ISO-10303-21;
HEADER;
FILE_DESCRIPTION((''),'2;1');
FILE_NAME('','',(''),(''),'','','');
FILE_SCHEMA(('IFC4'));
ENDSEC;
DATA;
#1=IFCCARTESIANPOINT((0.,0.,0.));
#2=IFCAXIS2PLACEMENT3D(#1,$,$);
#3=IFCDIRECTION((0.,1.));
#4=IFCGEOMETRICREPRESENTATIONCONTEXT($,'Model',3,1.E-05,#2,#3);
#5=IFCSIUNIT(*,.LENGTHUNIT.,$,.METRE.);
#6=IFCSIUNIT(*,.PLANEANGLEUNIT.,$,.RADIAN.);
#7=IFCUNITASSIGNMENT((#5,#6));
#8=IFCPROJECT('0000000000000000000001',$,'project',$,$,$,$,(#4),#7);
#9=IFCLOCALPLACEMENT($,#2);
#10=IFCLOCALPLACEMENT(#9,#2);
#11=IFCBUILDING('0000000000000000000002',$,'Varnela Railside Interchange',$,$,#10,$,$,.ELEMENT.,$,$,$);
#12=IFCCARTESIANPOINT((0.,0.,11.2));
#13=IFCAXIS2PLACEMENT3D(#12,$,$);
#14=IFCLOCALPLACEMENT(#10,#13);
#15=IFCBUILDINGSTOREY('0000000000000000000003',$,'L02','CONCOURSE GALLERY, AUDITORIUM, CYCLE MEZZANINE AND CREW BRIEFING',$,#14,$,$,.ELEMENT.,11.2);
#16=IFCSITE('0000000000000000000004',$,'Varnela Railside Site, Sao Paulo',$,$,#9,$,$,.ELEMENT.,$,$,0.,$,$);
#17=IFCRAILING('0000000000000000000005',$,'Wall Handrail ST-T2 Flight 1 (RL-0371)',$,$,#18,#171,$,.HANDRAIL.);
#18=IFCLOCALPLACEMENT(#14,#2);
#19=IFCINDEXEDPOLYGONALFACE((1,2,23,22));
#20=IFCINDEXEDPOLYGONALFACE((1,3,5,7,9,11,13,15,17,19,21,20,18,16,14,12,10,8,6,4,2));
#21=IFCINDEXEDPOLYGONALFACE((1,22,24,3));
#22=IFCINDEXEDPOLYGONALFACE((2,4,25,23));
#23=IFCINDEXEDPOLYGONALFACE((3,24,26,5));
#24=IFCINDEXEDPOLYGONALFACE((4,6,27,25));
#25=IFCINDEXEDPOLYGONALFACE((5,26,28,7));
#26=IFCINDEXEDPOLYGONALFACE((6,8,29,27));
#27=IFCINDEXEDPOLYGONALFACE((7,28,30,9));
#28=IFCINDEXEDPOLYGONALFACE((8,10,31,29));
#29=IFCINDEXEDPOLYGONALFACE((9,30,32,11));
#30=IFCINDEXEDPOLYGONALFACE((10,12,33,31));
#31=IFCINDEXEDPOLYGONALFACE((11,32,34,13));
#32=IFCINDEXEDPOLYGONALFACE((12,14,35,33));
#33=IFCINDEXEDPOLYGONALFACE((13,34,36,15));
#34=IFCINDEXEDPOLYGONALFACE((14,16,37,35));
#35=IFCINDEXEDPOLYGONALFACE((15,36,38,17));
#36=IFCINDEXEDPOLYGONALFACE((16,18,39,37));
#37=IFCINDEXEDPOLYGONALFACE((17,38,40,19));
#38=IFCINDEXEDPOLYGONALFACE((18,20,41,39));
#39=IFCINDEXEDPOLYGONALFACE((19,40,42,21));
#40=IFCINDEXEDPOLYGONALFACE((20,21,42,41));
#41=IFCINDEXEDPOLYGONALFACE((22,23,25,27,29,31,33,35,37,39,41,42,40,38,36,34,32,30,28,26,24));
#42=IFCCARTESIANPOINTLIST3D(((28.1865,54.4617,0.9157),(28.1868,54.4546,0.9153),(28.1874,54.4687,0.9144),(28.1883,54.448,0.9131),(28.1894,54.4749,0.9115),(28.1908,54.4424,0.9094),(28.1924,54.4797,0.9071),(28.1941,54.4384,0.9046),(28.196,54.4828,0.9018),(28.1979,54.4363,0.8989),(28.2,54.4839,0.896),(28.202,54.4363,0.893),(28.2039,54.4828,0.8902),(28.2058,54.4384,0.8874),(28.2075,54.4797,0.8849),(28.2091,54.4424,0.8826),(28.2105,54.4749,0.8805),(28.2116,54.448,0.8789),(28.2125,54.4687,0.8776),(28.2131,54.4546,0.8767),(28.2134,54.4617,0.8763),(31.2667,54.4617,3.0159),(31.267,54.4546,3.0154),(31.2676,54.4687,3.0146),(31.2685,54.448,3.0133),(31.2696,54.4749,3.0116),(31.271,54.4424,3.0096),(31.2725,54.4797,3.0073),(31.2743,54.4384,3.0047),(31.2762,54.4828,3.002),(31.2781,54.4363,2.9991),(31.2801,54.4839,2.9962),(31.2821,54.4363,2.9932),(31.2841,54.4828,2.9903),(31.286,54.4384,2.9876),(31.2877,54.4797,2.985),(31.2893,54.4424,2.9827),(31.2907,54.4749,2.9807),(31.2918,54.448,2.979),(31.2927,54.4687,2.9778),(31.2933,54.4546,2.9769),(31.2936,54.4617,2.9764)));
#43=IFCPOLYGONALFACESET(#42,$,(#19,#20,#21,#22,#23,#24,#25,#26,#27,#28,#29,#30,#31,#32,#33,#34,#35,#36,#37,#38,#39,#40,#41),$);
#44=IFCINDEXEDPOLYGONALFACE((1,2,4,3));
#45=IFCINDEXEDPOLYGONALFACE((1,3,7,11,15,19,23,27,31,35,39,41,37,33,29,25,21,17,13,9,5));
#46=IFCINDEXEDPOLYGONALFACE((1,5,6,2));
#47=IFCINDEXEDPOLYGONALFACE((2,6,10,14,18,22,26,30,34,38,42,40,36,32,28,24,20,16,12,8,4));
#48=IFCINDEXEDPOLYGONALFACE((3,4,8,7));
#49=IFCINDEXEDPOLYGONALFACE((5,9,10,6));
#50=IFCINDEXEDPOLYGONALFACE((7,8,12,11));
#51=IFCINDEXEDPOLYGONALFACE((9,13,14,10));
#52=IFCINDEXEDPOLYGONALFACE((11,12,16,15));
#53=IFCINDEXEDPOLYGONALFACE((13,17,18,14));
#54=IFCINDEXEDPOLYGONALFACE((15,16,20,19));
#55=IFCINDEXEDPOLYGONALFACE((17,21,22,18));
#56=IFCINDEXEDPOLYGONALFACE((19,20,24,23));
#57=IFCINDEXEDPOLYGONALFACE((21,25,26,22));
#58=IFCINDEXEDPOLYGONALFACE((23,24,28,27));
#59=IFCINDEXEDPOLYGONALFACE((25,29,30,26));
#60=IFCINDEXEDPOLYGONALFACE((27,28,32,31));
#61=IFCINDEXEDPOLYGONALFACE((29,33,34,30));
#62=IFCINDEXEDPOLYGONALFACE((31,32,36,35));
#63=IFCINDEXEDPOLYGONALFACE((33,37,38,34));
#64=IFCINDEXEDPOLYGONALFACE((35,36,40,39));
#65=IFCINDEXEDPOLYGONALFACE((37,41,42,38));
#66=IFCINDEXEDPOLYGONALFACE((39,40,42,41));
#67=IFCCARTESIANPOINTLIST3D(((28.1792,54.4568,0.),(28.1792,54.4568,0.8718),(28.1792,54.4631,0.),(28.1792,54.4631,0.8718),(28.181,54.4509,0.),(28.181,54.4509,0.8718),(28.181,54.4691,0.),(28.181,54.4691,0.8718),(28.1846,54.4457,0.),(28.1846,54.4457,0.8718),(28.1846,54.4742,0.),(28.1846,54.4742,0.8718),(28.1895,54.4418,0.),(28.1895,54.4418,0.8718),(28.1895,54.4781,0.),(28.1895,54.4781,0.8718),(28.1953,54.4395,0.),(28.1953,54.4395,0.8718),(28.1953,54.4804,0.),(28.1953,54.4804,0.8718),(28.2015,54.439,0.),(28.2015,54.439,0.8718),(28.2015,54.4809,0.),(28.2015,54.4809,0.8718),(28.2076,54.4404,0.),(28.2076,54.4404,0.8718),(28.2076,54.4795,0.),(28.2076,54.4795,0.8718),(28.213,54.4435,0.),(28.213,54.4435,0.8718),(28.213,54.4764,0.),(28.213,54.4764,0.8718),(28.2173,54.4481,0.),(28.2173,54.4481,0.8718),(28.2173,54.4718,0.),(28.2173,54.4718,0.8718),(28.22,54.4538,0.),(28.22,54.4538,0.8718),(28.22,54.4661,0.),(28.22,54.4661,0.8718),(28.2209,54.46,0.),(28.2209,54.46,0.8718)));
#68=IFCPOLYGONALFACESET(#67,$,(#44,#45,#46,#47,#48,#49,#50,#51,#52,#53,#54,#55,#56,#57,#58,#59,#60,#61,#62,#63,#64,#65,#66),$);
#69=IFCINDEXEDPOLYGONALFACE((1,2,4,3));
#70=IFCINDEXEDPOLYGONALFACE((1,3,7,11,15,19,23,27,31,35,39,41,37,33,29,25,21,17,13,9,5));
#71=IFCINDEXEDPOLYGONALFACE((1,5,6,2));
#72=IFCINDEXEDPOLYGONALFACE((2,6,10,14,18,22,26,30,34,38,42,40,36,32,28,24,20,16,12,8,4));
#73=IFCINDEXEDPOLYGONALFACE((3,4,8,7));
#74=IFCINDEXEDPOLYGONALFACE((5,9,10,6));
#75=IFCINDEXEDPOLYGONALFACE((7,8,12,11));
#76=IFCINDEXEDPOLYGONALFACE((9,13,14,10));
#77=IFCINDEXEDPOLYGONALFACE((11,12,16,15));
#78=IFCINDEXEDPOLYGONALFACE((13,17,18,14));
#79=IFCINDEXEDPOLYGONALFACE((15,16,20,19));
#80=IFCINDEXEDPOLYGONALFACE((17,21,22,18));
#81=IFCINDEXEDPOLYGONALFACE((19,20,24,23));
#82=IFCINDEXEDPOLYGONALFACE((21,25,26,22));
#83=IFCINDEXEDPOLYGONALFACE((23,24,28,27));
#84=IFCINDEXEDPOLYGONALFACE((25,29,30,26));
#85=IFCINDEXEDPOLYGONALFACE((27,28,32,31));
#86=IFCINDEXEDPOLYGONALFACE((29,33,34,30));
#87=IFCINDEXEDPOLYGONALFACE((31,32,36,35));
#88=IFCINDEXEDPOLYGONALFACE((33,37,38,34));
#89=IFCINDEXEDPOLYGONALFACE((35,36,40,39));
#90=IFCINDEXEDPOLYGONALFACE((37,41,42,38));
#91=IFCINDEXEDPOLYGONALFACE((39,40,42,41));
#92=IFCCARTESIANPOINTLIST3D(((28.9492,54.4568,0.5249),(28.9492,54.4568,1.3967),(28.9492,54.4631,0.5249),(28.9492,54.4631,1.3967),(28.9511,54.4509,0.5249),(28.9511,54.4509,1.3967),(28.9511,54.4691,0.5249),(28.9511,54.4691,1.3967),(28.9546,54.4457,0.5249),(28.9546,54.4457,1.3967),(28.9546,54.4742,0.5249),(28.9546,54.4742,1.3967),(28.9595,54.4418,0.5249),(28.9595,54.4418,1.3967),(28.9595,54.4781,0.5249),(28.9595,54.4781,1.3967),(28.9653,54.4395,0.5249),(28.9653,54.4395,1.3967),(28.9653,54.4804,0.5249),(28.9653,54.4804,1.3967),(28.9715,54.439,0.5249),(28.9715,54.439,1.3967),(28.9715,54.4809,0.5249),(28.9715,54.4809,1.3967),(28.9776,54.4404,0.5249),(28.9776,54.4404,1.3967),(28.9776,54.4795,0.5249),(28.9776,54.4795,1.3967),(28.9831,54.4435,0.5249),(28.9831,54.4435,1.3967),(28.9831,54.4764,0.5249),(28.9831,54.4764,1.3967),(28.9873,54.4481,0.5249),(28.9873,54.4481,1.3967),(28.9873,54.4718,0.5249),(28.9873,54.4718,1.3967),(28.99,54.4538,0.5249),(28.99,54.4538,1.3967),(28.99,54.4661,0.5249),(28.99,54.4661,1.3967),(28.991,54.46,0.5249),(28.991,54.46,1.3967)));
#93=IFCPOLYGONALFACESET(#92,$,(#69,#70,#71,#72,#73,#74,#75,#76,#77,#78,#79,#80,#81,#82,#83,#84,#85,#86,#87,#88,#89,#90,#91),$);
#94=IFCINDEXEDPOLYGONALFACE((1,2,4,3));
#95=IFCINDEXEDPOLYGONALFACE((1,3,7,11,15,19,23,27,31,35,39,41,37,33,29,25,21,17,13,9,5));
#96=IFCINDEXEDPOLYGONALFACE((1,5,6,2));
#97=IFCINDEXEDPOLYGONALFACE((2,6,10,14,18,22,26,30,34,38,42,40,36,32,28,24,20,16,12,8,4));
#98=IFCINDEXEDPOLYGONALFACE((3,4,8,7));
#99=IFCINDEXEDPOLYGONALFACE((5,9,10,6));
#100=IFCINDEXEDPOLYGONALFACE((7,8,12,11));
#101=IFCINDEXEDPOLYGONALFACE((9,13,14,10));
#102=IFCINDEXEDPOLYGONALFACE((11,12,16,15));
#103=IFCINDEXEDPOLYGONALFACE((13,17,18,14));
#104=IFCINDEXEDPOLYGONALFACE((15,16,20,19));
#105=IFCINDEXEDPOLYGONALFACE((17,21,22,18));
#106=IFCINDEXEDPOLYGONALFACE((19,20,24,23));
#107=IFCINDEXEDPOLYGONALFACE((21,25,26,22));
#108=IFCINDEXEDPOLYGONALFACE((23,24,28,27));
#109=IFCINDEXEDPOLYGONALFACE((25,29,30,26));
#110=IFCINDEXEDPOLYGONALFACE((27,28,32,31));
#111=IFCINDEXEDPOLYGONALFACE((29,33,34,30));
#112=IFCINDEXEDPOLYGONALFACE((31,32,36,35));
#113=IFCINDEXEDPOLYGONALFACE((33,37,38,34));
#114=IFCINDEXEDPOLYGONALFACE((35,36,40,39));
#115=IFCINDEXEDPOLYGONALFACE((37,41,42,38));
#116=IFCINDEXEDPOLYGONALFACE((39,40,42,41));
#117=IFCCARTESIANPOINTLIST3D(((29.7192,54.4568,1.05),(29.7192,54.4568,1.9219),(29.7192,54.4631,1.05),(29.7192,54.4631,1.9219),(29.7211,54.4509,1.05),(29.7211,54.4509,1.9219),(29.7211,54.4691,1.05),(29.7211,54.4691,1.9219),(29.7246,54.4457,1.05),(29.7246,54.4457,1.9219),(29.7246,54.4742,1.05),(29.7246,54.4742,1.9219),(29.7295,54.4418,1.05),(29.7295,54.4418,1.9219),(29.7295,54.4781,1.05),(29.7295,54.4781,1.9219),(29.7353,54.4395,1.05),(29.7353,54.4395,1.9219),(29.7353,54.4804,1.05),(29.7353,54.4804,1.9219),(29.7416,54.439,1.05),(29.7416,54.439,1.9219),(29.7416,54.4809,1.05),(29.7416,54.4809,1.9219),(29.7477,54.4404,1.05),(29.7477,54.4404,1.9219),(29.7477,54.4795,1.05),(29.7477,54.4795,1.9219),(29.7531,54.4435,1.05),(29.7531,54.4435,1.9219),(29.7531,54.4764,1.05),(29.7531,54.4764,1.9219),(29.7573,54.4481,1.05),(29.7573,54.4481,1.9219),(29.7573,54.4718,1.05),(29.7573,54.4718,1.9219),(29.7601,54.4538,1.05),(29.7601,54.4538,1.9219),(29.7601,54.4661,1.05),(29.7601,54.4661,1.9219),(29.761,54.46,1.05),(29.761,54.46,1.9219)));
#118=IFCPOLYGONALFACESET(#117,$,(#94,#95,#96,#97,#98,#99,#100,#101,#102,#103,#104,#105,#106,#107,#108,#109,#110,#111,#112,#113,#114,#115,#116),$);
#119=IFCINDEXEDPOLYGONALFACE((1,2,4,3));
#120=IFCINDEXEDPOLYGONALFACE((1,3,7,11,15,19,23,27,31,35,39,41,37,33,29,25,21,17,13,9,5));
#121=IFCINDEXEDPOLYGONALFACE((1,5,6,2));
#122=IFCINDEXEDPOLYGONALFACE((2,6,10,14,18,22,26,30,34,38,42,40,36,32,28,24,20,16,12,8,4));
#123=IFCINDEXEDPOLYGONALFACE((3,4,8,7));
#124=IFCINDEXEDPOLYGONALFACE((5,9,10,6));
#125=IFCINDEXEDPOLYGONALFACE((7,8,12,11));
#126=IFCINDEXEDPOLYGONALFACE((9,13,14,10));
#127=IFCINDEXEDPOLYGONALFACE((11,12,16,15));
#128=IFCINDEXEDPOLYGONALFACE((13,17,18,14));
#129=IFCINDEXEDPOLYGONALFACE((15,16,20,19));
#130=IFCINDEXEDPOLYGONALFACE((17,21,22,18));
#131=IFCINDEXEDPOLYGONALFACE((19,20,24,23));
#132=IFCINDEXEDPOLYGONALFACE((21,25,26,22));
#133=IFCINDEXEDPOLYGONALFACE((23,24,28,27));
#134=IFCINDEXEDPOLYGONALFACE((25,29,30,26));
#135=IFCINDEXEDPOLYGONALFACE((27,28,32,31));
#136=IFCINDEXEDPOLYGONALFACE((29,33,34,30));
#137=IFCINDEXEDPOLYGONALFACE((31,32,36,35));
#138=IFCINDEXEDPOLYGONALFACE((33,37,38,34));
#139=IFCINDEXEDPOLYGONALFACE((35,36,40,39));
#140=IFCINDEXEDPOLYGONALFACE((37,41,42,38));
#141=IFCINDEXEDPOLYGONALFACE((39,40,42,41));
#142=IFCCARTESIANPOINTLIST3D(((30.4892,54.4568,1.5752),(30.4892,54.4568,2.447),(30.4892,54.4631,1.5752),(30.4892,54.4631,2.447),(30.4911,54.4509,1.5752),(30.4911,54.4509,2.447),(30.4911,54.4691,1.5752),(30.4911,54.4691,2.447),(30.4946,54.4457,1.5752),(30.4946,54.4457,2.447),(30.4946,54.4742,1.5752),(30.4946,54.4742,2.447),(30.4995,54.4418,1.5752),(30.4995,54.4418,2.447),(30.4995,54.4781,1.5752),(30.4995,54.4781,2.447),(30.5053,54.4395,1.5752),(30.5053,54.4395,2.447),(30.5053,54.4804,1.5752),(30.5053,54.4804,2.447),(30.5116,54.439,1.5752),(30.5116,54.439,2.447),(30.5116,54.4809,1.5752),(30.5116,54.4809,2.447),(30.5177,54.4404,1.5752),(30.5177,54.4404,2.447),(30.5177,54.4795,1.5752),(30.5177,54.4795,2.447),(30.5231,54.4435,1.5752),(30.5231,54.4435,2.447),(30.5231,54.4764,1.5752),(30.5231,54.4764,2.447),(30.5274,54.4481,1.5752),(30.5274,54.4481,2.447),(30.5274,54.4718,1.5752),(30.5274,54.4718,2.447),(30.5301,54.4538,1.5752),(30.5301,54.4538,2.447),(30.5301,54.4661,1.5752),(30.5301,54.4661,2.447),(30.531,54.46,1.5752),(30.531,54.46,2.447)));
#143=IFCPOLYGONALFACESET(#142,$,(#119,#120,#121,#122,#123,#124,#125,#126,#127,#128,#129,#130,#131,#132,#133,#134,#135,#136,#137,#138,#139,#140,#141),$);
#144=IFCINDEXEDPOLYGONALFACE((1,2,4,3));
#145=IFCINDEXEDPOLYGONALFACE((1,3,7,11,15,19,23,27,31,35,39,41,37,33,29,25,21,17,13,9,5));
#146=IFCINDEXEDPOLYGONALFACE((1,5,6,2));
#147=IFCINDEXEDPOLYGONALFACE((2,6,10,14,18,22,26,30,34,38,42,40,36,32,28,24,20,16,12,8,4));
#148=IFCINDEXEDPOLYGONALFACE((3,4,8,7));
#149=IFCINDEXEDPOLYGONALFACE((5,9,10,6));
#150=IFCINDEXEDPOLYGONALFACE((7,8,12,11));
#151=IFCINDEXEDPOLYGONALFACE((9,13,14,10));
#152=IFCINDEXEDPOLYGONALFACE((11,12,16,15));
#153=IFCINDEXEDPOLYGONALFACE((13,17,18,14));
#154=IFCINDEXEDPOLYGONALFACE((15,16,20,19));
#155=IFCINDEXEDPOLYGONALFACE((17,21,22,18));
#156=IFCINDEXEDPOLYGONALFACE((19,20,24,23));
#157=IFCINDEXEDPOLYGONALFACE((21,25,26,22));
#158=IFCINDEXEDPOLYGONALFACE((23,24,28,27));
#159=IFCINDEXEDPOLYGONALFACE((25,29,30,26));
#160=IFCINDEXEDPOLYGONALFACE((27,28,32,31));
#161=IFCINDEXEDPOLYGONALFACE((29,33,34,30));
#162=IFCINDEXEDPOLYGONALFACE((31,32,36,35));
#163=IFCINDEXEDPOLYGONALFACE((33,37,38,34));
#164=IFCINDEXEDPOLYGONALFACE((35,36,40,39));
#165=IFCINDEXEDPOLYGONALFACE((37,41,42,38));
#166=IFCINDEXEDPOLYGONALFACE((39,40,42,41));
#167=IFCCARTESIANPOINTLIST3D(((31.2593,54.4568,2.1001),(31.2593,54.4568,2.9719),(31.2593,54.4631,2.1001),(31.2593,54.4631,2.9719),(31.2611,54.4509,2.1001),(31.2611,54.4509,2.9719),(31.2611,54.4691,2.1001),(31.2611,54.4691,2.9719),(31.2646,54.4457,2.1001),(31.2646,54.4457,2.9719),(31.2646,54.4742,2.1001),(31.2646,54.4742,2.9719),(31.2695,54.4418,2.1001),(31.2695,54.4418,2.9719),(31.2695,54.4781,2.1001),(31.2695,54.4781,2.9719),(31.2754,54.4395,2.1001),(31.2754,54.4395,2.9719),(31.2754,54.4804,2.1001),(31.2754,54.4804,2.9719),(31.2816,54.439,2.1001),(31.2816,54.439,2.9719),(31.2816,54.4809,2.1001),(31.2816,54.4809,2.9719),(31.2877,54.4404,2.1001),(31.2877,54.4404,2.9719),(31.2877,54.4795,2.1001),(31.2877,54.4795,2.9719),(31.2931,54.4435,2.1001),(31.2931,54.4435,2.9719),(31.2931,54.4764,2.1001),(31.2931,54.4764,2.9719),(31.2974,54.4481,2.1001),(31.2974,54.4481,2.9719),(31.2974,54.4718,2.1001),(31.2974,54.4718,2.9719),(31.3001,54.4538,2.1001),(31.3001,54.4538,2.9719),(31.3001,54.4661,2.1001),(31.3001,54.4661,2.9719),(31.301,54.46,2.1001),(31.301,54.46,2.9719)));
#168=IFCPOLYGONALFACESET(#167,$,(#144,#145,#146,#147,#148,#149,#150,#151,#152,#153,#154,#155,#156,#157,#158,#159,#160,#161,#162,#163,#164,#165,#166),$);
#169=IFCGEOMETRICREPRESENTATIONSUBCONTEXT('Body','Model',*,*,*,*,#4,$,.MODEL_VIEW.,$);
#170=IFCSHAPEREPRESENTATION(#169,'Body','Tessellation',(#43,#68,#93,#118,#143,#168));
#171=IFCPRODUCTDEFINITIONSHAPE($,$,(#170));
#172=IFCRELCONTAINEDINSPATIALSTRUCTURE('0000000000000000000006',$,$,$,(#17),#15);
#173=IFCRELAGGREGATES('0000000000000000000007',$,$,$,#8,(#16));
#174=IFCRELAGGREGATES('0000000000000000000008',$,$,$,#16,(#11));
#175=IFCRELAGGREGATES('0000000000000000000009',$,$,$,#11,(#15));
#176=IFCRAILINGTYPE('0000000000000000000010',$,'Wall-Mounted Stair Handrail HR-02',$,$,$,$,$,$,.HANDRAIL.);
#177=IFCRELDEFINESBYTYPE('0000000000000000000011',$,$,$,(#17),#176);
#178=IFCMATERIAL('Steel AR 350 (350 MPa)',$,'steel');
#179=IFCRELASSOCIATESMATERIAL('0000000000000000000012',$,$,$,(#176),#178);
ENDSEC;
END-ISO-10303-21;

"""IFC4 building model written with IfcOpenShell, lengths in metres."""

from ifc_helpers import new_model, si_unit, direction, frame, origin, origin_2d, place, context, subcontext, project, spatial, circle, extrude, material, type_object, element, save


model = new_model("IFC4")

# Units and contexts
model_context = context("Model", 3, precision=1e-05, world=origin(), true_north=direction((0.0, 1.0)))
body_context = subcontext(model_context, "Body", "Model", "MODEL_VIEW")
ifc_project = project(units=[si_unit("LENGTHUNIT", "METRE"), si_unit("PLANEANGLEUNIT", "RADIAN")], contexts=[model_context])

# Site, building, storey
site_placement = place(None, origin())
site = spatial("IfcSite", under=ifc_project, at=site_placement, Name="Varnela Railside Site, Sao Paulo", CompositionType="ELEMENT", RefElevation=0.0)
building_placement = place(site_placement, origin())
building = spatial("IfcBuilding", under=site, at=building_placement, Name="Varnela Railside Interchange", CompositionType="ELEMENT")
storey_placement = place(building_placement, frame((0.0, 0.0, 11.2)))
storey = spatial("IfcBuildingStorey", under=building, at=storey_placement, Name="L02", Description="CONCOURSE GALLERY, AUDITORIUM, CYCLE MEZZANINE AND CREW BRIEFING", CompositionType="ELEMENT", Elevation=11.2)

# Shared definitions
ifc_material_1 = material(Name="Steel AR 350 (350 MPa)", Category="steel")

# Railing
railing_type = type_object("IfcRailingType", Name="Wall-Mounted Stair Handrail HR-02", PredefinedType="HANDRAIL", material=ifc_material_1)
for number, where, name in (
    (1, (28.2, 54.46, 0.0), "Wall Handrail ST-T2 Flight 1 (RL-0371)"),
):
    element("IfcRailing", number, at=place(storey_placement, frame(where)), inside=storey, type_object=railing_type, Name=name, PredefinedType="HANDRAIL", context=body_context, shape_type="SweptSolid", body=[
        extrude(circle(Radius=0.0239, at=origin_2d()), frame((0.0, 0.0, 0.896), z_axis=(0.826222, 0.0, 0.563345), x_axis=(0.0, 1.0, 0.0)), (0.0, 0.0, 1.0), 3.728),
        extrude(circle(Radius=0.021, at=origin_2d()), origin(), (0.0, 0.0, 1.0), 0.8718),
        extrude(circle(Radius=0.021, at=origin_2d()), frame((0.77, 0.0, 0.5249)), (0.0, 0.0, 1.0), 0.8718),
        extrude(circle(Radius=0.021, at=origin_2d()), frame((1.54, 0.0, 1.05)), (0.0, 0.0, 1.0), 0.8718),
        extrude(circle(Radius=0.021, at=origin_2d()), frame((2.3101, 0.0, 1.5752)), (0.0, 0.0, 1.0), 0.8718),
        extrude(circle(Radius=0.021, at=origin_2d()), frame((3.0801, 0.0, 2.1001)), (0.0, 0.0, 1.0), 0.8718),
    ])

save(model, "model.ifc")
